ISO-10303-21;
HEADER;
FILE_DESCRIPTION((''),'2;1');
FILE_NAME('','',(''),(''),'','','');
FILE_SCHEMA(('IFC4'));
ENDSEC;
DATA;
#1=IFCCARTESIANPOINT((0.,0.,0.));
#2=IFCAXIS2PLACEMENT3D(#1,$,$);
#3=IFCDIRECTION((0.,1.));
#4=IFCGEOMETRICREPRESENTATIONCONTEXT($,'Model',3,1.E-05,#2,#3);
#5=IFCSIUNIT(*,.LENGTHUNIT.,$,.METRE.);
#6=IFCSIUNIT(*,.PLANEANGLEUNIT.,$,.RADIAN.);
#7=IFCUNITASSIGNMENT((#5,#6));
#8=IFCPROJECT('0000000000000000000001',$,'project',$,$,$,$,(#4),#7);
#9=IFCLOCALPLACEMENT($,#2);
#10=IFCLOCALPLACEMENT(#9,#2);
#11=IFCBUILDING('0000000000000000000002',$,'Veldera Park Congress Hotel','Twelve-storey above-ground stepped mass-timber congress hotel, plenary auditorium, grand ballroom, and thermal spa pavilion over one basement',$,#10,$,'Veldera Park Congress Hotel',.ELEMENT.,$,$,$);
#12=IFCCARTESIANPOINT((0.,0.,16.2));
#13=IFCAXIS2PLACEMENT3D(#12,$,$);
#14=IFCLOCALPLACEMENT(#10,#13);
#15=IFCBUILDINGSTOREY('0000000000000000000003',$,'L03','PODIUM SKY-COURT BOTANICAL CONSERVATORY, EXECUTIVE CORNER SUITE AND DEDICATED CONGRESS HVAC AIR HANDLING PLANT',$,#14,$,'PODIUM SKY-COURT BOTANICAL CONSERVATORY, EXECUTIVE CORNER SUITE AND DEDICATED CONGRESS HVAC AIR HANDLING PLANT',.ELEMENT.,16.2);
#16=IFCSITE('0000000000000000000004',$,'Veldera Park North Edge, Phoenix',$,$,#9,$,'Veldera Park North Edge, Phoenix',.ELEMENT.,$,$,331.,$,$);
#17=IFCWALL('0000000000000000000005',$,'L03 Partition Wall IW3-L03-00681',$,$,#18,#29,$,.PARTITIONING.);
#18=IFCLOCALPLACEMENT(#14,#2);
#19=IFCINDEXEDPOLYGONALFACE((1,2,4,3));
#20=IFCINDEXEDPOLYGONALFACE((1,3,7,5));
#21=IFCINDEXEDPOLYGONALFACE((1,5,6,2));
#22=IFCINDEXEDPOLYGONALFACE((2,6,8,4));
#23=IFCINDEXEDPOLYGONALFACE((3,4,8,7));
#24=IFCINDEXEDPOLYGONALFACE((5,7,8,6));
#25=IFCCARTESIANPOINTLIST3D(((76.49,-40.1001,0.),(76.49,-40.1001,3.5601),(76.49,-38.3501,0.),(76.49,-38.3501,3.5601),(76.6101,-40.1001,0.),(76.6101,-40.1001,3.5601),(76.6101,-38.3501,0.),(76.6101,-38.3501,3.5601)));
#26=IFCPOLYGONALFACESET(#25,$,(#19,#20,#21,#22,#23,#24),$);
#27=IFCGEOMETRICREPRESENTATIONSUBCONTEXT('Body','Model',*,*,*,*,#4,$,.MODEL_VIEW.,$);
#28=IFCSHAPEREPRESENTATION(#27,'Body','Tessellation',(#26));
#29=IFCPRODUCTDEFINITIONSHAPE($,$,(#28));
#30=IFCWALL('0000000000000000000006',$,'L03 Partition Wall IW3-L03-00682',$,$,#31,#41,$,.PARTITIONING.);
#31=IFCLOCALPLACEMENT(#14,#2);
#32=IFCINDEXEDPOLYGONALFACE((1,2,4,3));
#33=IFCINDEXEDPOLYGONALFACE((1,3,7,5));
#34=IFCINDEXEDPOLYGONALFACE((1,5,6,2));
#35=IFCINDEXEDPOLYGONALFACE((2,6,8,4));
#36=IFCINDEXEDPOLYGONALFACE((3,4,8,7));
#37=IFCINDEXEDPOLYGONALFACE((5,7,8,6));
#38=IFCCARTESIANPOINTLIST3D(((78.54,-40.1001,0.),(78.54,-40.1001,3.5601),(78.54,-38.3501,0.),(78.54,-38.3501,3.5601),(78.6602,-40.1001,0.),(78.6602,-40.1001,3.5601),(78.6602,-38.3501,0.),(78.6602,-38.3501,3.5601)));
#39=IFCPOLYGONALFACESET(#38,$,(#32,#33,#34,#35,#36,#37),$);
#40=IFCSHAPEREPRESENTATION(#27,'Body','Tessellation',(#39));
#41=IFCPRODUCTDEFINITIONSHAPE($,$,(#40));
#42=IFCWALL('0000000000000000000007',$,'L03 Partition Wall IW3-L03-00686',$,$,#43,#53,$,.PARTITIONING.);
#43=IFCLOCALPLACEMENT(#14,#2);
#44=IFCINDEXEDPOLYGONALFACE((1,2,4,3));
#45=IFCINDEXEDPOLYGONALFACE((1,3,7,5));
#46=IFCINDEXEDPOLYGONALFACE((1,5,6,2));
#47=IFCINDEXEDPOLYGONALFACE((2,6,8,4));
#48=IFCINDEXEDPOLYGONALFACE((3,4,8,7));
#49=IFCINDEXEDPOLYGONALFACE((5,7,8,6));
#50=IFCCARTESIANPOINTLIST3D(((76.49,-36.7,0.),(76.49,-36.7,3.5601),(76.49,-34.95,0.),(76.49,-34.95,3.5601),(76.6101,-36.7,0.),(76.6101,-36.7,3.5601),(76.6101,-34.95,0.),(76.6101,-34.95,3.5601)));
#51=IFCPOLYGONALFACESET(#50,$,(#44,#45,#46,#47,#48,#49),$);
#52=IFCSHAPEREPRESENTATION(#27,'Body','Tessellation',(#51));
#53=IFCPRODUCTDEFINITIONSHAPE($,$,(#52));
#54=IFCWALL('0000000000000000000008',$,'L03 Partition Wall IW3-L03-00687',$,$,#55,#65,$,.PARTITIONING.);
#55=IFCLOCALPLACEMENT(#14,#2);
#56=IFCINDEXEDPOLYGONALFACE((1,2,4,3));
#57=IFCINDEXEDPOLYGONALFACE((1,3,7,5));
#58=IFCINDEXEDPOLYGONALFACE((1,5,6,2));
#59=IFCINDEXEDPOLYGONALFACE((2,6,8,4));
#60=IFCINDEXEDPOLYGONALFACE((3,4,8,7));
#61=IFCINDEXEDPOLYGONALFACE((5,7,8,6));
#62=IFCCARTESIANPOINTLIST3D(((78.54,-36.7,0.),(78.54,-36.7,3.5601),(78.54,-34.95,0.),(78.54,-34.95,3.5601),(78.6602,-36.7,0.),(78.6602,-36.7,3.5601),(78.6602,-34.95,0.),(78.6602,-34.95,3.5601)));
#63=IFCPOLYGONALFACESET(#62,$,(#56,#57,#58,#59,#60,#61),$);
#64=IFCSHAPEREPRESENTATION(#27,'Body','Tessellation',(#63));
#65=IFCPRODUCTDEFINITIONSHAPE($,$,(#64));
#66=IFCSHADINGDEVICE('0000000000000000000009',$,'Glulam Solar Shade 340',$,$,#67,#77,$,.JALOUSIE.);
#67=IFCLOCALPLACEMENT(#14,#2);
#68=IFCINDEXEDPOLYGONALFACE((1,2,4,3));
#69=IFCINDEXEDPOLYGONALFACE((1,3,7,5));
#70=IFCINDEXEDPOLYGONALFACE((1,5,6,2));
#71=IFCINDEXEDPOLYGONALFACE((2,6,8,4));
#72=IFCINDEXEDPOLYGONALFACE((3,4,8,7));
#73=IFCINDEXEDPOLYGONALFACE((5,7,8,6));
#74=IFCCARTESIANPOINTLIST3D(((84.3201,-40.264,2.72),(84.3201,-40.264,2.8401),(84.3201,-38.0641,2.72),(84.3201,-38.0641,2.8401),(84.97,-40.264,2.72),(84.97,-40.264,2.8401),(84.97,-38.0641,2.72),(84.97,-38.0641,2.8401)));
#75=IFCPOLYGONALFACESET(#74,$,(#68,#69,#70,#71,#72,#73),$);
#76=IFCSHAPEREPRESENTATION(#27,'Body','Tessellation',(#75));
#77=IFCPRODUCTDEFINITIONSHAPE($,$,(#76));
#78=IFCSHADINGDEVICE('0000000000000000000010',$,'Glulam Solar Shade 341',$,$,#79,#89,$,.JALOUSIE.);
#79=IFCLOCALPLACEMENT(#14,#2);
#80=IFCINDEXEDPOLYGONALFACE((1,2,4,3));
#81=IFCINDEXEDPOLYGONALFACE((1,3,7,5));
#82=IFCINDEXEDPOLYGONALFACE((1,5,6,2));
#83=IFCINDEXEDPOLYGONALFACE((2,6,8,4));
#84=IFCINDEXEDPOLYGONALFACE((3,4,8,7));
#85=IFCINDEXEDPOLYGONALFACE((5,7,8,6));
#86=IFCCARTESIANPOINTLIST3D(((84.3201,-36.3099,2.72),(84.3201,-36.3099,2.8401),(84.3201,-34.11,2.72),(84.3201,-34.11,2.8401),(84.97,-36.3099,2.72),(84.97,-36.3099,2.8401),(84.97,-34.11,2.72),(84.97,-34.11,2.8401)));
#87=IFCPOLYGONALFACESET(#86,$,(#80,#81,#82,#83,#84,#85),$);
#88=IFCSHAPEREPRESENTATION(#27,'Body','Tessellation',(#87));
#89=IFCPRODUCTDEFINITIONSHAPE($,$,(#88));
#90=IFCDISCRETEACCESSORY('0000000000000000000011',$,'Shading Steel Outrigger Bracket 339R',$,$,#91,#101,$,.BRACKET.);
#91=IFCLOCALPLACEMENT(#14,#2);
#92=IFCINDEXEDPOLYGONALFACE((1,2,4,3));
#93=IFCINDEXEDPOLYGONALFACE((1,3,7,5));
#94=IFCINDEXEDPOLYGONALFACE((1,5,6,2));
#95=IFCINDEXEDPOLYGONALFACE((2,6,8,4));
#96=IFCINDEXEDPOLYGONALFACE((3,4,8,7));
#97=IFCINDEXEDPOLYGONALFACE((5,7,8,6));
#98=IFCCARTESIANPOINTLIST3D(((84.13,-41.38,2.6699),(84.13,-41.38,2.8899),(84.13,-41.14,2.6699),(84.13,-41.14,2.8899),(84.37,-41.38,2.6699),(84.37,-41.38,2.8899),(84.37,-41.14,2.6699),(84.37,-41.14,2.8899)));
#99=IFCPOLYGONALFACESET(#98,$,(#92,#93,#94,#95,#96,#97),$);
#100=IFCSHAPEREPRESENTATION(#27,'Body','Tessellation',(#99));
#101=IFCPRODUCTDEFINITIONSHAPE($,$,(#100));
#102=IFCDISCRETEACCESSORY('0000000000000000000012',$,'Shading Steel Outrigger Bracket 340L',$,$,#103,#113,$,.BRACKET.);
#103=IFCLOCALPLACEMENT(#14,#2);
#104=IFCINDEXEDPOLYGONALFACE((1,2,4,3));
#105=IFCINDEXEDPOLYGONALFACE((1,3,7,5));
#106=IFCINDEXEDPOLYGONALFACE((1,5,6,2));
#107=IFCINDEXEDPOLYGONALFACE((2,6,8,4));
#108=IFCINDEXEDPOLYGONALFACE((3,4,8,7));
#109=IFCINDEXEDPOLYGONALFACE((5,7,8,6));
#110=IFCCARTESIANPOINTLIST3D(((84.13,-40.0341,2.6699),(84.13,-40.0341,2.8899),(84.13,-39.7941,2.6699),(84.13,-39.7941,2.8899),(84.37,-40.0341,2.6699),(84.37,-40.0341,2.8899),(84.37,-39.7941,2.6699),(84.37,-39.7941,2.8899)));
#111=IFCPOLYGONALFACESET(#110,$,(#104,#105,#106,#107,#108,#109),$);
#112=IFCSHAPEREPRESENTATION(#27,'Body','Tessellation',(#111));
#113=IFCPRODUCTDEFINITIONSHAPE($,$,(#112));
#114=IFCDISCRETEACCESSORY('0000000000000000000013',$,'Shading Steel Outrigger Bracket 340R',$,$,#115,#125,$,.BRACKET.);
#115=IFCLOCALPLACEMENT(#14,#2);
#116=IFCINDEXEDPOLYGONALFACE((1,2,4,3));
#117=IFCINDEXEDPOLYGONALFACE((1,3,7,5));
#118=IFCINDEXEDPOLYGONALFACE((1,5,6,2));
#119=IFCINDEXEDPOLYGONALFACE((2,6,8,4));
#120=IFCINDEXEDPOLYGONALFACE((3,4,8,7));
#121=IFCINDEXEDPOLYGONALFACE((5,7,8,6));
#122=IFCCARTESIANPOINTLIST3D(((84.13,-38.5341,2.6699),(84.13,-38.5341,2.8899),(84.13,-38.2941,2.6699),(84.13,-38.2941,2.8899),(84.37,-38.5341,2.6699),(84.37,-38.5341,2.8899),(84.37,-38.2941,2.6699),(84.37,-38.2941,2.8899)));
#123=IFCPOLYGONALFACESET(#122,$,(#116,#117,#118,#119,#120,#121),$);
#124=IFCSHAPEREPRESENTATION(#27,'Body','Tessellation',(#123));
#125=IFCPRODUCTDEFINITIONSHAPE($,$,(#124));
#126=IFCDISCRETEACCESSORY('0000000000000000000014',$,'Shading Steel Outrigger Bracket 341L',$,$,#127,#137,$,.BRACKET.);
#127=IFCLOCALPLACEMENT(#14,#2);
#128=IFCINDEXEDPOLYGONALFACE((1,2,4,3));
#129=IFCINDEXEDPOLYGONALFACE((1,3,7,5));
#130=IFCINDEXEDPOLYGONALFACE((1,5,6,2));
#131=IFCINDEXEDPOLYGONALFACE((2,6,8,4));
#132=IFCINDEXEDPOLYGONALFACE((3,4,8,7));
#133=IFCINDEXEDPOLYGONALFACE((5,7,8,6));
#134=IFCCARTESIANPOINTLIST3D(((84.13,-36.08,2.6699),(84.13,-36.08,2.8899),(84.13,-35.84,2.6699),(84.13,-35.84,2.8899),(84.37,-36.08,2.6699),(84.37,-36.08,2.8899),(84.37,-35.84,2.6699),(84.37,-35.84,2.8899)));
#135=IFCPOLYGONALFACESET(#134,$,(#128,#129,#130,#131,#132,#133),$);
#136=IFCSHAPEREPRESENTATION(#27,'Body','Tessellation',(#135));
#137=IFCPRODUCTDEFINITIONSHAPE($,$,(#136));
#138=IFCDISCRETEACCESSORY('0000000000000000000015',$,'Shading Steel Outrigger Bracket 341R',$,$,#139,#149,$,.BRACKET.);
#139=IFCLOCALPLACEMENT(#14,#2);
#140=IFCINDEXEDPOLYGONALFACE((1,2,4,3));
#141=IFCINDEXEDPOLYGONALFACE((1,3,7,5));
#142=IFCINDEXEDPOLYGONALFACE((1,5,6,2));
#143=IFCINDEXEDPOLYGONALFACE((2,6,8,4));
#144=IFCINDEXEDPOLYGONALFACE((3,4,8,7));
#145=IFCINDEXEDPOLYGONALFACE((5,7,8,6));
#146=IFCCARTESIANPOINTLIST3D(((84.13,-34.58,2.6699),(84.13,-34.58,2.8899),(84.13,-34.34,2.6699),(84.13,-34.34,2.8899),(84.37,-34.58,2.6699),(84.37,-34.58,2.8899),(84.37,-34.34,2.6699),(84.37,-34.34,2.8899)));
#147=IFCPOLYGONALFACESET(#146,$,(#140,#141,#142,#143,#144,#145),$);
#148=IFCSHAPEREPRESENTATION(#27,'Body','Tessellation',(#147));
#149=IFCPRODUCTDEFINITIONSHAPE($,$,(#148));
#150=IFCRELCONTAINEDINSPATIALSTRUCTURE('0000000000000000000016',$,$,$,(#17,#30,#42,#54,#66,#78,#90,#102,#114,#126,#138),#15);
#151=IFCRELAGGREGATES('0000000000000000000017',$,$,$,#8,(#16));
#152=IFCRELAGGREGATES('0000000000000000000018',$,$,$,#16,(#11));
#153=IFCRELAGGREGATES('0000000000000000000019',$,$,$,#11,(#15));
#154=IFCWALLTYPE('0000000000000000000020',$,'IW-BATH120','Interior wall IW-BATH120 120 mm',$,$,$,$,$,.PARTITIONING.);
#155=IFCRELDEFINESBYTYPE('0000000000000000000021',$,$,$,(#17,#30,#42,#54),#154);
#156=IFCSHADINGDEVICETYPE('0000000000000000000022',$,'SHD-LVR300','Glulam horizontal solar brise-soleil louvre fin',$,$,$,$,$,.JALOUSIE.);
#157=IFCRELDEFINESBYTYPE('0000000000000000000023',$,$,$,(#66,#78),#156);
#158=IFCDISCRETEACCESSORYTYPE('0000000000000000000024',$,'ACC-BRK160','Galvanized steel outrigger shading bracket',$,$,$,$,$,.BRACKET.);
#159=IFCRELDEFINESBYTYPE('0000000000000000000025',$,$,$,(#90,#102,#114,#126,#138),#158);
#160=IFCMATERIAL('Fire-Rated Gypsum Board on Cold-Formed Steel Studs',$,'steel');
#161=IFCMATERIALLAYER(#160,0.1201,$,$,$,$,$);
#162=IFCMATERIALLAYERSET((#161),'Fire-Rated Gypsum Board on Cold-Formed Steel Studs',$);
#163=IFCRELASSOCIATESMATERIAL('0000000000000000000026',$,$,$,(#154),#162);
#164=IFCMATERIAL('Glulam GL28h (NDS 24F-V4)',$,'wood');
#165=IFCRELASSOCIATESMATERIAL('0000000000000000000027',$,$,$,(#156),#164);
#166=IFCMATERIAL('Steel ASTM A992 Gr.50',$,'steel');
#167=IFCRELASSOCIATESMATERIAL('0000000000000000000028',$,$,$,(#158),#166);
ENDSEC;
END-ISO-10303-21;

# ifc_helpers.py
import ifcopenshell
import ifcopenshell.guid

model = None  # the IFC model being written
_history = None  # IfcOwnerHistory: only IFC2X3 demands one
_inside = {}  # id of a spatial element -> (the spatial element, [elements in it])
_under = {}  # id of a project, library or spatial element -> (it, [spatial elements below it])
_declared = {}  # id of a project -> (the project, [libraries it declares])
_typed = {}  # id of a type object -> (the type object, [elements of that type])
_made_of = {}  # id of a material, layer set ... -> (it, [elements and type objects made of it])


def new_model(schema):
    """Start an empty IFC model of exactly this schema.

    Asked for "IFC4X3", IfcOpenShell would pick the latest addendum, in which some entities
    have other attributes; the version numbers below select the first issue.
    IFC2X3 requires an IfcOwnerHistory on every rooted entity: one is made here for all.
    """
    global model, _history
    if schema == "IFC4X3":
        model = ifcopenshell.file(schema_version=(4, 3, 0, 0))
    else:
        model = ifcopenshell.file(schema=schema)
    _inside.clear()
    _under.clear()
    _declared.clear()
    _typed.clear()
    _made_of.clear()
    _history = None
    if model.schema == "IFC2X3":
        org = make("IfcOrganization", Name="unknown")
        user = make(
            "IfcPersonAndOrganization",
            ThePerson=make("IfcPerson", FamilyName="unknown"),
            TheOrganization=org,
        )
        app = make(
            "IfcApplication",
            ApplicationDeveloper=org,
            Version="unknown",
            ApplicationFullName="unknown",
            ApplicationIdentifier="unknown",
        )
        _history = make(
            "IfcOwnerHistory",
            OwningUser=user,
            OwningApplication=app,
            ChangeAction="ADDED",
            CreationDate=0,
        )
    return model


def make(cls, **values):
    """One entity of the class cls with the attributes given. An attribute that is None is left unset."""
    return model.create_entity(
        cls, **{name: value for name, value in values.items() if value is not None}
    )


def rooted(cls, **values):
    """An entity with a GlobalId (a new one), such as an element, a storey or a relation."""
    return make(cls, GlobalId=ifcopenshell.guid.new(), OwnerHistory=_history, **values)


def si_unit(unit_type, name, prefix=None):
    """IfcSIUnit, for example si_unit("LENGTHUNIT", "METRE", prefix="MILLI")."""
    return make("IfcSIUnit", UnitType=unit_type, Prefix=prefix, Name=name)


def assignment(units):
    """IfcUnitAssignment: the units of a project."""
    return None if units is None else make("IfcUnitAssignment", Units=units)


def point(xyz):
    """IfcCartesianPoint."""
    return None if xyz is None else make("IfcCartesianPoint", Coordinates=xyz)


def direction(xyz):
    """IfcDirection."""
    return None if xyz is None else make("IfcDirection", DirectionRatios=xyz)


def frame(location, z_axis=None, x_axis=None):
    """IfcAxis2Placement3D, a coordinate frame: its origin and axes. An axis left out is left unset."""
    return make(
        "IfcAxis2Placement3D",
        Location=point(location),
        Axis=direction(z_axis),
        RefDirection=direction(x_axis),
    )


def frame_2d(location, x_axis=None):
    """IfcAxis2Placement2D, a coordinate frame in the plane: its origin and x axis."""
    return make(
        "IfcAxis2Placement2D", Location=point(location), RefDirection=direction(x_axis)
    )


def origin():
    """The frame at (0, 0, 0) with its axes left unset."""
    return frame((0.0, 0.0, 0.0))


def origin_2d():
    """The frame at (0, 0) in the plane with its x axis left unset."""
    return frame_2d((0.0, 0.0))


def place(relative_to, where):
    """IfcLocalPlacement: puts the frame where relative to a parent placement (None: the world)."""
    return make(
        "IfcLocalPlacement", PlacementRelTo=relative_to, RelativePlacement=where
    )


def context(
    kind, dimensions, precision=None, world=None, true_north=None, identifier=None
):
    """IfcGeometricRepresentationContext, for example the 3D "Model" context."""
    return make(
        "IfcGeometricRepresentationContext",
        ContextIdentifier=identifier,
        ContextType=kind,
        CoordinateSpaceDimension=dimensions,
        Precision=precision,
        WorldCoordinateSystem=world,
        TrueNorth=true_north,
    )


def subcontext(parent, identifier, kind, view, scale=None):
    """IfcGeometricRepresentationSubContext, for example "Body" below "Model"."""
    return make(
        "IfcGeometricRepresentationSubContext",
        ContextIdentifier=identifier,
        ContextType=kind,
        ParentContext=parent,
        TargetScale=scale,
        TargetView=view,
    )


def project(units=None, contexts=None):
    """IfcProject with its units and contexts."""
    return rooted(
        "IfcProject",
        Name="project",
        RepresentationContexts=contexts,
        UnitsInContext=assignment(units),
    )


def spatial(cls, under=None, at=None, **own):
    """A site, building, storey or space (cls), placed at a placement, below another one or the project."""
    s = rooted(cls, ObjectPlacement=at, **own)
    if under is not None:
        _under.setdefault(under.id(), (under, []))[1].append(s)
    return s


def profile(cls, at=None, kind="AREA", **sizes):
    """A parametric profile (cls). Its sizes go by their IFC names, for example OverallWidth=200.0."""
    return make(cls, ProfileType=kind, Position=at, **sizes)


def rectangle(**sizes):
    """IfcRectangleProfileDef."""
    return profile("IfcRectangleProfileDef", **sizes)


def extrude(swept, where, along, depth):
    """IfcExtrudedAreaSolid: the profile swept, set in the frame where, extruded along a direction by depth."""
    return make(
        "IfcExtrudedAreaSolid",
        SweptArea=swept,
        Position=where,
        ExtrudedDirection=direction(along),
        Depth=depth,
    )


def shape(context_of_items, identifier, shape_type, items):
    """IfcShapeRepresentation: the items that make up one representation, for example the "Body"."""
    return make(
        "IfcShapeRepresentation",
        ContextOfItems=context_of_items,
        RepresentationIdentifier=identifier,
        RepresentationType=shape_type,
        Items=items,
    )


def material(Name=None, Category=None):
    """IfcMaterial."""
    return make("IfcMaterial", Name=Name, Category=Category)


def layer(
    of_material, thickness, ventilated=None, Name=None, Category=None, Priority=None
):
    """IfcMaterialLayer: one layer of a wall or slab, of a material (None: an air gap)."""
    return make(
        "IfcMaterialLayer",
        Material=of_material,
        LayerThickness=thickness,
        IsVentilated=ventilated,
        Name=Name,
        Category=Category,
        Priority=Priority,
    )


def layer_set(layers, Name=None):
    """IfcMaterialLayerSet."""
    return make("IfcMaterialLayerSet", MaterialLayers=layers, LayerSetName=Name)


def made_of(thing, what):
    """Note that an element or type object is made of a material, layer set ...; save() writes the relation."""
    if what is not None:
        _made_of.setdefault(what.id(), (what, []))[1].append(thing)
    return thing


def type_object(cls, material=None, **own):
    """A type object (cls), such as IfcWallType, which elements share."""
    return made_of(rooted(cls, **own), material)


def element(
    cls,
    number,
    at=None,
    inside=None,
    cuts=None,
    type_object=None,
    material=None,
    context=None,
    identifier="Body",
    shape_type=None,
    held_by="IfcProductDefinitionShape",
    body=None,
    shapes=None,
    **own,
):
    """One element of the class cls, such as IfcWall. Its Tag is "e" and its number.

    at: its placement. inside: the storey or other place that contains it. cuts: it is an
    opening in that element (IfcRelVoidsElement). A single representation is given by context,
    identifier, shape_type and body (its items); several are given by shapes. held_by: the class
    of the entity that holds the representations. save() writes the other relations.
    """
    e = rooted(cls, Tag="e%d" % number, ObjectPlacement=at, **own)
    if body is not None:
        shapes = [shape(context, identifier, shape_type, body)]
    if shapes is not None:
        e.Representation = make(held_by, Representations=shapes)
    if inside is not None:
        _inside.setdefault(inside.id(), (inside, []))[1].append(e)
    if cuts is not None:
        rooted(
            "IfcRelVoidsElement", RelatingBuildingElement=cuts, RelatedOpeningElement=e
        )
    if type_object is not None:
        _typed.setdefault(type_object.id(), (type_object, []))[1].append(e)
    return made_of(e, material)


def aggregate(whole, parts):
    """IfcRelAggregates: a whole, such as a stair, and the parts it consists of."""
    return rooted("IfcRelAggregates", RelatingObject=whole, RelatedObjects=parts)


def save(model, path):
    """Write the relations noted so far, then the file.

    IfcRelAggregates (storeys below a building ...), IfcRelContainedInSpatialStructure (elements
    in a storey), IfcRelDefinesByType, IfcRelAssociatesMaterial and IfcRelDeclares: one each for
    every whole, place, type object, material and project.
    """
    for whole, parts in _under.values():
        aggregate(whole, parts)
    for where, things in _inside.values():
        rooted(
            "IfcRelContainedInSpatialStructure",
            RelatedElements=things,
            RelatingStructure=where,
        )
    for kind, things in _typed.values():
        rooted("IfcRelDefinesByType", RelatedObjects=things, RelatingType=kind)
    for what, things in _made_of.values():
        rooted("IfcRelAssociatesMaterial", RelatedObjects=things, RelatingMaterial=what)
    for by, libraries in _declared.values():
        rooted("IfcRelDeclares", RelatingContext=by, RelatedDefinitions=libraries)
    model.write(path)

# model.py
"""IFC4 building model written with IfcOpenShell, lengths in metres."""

from ifc_helpers import new_model, si_unit, direction, frame, frame_2d, origin, origin_2d, place, context, subcontext, project, spatial, rectangle, extrude, material, layer, layer_set, type_object, element, save


model = new_model("IFC4")

# Units and contexts
model_context = context("Model", 3, precision=1e-05, world=origin(), true_north=direction((0.0, 1.0)))
body_context = subcontext(model_context, "Body", "Model", "MODEL_VIEW")
ifc_project = project(units=[si_unit("LENGTHUNIT", "METRE"), si_unit("PLANEANGLEUNIT", "RADIAN")], contexts=[model_context])

# Site, building, storey
site_placement = place(None, origin())
site = spatial("IfcSite", under=ifc_project, at=site_placement, Name="Veldera Park North Edge, Phoenix", LongName="Veldera Park North Edge, Phoenix", CompositionType="ELEMENT", RefElevation=331.0)
building_placement = place(site_placement, origin())
building = spatial("IfcBuilding", under=site, at=building_placement, Name="Veldera Park Congress Hotel", Description="Twelve-storey above-ground stepped mass-timber congress hotel, plenary auditorium, grand ballroom, and thermal spa pavilion over one basement", LongName="Veldera Park Congress Hotel", CompositionType="ELEMENT")
storey_placement = place(building_placement, frame((0.0, 0.0, 16.2)))
storey = spatial("IfcBuildingStorey", under=building, at=storey_placement, Name="L03", Description="PODIUM SKY-COURT BOTANICAL CONSERVATORY, EXECUTIVE CORNER SUITE AND DEDICATED CONGRESS HVAC AIR HANDLING PLANT", LongName="PODIUM SKY-COURT BOTANICAL CONSERVATORY, EXECUTIVE CORNER SUITE AND DEDICATED CONGRESS HVAC AIR HANDLING PLANT", CompositionType="ELEMENT", Elevation=16.2)

# Shared definitions
ifc_material_1 = material(Name="Glulam GL28h (NDS 24F-V4)", Category="wood")

# Walls
ifc_material_2 = material(Name="Fire-Rated Gypsum Board on Cold-Formed Steel Studs", Category="steel")
ifc_layer_1 = layer(ifc_material_2, 0.1201)
ifc_layer_set_1 = layer_set([ifc_layer_1], Name="Fire-Rated Gypsum Board on Cold-Formed Steel Studs")
wall_type_1 = type_object("IfcWallType", Name="IW-BATH120", Description="Interior wall IW-BATH120 120 mm", PredefinedType="PARTITIONING", material=ifc_layer_set_1)
for number, where, z_axis, x_axis, name in (
    (1, (76.55, -40.1001, 0.0), (0.0, 0.0, 1.0), (0.0, 1.0, 0.0), "L03 Partition Wall IW3-L03-00681"),
    (2, (78.6001, -40.1001, 0.0), (0.0, 0.0, 1.0), (0.0, 1.0, 0.0), "L03 Partition Wall IW3-L03-00682"),
):
    element("IfcWall", number, at=place(storey_placement, frame(where, z_axis=z_axis, x_axis=x_axis)), inside=storey, type_object=wall_type_1, Name=name, PredefinedType="PARTITIONING", context=body_context, shape_type="SweptSolid", body=[
        extrude(rectangle(XDim=1.75, YDim=0.1201, at=frame_2d((0.875, 0.0))), origin(), (0.0, 0.0, 1.0), 3.5601),
    ])

# Walls
for number, where, z_axis, x_axis, name in (
    (3, (76.55, -36.7, 0.0), (0.0, 0.0, 1.0), (0.0, 1.0, 0.0), "L03 Partition Wall IW3-L03-00686"),
    (4, (78.6001, -36.7, 0.0), (0.0, 0.0, 1.0), (0.0, 1.0, 0.0), "L03 Partition Wall IW3-L03-00687"),
):
    element("IfcWall", number, at=place(storey_placement, frame(where, z_axis=z_axis, x_axis=x_axis)), inside=storey, type_object=wall_type_1, Name=name, PredefinedType="PARTITIONING", context=body_context, shape_type="SweptSolid", body=[
        extrude(rectangle(XDim=1.75, YDim=0.1201, at=frame_2d((0.875, 0.0))), origin(), (0.0, 0.0, 1.0), 3.5601),
    ])

# Shading devices
shading_device_type = type_object("IfcShadingDeviceType", Name="SHD-LVR300", Description="Glulam horizontal solar brise-soleil louvre fin", PredefinedType="JALOUSIE", material=ifc_material_1)
for number, where, z_axis, x_axis, name in (
    (5, (84.645, -39.1641, 2.72), (0.0, 0.0, 1.0), (0.0, 1.0, 0.0), "Glulam Solar Shade 340"),
    (6, (84.645, -35.21, 2.72), (0.0, 0.0, 1.0), (0.0, 1.0, 0.0), "Glulam Solar Shade 341"),
):
    element("IfcShadingDevice", number, at=place(storey_placement, frame(where, z_axis=z_axis, x_axis=x_axis)), inside=storey, type_object=shading_device_type, Name=name, PredefinedType="JALOUSIE", context=body_context, shape_type="SweptSolid", body=[
        extrude(rectangle(XDim=2.2, YDim=0.6499, at=origin_2d()), origin(), (0.0, 0.0, 1.0), 0.1201),
    ])

# Discrete accessories
ifc_material_3 = material(Name="Steel ASTM A992 Gr.50", Category="steel")
discrete_accessory_type = type_object("IfcDiscreteAccessoryType", Name="ACC-BRK160", Description="Galvanized steel outrigger shading bracket", PredefinedType="BRACKET", material=ifc_material_3)
for number, where, z_axis, x_axis, name in (
    (7, (84.25, -41.26, 2.6699), (0.0, 0.0, 1.0), (0.0, 1.0, 0.0), "Shading Steel Outrigger Bracket 339R"),
    (8, (84.25, -39.9141, 2.6699), (0.0, 0.0, 1.0), (0.0, 1.0, 0.0), "Shading Steel Outrigger Bracket 340L"),
    (9, (84.25, -38.4141, 2.6699), (0.0, 0.0, 1.0), (0.0, 1.0, 0.0), "Shading Steel Outrigger Bracket 340R"),
    (10, (84.25, -35.96, 2.6699), (0.0, 0.0, 1.0), (0.0, 1.0, 0.0), "Shading Steel Outrigger Bracket 341L"),
    (11, (84.25, -34.46, 2.6699), (0.0, 0.0, 1.0), (0.0, 1.0, 0.0), "Shading Steel Outrigger Bracket 341R"),
):
    element("IfcDiscreteAccessory", number, at=place(storey_placement, frame(where, z_axis=z_axis, x_axis=x_axis)), inside=storey, type_object=discrete_accessory_type, Name=name, PredefinedType="BRACKET", context=body_context, shape_type="SweptSolid", body=[
        extrude(rectangle(XDim=0.24, YDim=0.24, at=origin_2d()), origin(), (0.0, 0.0, 1.0), 0.22),
    ])

save(model, "model.ifc")
